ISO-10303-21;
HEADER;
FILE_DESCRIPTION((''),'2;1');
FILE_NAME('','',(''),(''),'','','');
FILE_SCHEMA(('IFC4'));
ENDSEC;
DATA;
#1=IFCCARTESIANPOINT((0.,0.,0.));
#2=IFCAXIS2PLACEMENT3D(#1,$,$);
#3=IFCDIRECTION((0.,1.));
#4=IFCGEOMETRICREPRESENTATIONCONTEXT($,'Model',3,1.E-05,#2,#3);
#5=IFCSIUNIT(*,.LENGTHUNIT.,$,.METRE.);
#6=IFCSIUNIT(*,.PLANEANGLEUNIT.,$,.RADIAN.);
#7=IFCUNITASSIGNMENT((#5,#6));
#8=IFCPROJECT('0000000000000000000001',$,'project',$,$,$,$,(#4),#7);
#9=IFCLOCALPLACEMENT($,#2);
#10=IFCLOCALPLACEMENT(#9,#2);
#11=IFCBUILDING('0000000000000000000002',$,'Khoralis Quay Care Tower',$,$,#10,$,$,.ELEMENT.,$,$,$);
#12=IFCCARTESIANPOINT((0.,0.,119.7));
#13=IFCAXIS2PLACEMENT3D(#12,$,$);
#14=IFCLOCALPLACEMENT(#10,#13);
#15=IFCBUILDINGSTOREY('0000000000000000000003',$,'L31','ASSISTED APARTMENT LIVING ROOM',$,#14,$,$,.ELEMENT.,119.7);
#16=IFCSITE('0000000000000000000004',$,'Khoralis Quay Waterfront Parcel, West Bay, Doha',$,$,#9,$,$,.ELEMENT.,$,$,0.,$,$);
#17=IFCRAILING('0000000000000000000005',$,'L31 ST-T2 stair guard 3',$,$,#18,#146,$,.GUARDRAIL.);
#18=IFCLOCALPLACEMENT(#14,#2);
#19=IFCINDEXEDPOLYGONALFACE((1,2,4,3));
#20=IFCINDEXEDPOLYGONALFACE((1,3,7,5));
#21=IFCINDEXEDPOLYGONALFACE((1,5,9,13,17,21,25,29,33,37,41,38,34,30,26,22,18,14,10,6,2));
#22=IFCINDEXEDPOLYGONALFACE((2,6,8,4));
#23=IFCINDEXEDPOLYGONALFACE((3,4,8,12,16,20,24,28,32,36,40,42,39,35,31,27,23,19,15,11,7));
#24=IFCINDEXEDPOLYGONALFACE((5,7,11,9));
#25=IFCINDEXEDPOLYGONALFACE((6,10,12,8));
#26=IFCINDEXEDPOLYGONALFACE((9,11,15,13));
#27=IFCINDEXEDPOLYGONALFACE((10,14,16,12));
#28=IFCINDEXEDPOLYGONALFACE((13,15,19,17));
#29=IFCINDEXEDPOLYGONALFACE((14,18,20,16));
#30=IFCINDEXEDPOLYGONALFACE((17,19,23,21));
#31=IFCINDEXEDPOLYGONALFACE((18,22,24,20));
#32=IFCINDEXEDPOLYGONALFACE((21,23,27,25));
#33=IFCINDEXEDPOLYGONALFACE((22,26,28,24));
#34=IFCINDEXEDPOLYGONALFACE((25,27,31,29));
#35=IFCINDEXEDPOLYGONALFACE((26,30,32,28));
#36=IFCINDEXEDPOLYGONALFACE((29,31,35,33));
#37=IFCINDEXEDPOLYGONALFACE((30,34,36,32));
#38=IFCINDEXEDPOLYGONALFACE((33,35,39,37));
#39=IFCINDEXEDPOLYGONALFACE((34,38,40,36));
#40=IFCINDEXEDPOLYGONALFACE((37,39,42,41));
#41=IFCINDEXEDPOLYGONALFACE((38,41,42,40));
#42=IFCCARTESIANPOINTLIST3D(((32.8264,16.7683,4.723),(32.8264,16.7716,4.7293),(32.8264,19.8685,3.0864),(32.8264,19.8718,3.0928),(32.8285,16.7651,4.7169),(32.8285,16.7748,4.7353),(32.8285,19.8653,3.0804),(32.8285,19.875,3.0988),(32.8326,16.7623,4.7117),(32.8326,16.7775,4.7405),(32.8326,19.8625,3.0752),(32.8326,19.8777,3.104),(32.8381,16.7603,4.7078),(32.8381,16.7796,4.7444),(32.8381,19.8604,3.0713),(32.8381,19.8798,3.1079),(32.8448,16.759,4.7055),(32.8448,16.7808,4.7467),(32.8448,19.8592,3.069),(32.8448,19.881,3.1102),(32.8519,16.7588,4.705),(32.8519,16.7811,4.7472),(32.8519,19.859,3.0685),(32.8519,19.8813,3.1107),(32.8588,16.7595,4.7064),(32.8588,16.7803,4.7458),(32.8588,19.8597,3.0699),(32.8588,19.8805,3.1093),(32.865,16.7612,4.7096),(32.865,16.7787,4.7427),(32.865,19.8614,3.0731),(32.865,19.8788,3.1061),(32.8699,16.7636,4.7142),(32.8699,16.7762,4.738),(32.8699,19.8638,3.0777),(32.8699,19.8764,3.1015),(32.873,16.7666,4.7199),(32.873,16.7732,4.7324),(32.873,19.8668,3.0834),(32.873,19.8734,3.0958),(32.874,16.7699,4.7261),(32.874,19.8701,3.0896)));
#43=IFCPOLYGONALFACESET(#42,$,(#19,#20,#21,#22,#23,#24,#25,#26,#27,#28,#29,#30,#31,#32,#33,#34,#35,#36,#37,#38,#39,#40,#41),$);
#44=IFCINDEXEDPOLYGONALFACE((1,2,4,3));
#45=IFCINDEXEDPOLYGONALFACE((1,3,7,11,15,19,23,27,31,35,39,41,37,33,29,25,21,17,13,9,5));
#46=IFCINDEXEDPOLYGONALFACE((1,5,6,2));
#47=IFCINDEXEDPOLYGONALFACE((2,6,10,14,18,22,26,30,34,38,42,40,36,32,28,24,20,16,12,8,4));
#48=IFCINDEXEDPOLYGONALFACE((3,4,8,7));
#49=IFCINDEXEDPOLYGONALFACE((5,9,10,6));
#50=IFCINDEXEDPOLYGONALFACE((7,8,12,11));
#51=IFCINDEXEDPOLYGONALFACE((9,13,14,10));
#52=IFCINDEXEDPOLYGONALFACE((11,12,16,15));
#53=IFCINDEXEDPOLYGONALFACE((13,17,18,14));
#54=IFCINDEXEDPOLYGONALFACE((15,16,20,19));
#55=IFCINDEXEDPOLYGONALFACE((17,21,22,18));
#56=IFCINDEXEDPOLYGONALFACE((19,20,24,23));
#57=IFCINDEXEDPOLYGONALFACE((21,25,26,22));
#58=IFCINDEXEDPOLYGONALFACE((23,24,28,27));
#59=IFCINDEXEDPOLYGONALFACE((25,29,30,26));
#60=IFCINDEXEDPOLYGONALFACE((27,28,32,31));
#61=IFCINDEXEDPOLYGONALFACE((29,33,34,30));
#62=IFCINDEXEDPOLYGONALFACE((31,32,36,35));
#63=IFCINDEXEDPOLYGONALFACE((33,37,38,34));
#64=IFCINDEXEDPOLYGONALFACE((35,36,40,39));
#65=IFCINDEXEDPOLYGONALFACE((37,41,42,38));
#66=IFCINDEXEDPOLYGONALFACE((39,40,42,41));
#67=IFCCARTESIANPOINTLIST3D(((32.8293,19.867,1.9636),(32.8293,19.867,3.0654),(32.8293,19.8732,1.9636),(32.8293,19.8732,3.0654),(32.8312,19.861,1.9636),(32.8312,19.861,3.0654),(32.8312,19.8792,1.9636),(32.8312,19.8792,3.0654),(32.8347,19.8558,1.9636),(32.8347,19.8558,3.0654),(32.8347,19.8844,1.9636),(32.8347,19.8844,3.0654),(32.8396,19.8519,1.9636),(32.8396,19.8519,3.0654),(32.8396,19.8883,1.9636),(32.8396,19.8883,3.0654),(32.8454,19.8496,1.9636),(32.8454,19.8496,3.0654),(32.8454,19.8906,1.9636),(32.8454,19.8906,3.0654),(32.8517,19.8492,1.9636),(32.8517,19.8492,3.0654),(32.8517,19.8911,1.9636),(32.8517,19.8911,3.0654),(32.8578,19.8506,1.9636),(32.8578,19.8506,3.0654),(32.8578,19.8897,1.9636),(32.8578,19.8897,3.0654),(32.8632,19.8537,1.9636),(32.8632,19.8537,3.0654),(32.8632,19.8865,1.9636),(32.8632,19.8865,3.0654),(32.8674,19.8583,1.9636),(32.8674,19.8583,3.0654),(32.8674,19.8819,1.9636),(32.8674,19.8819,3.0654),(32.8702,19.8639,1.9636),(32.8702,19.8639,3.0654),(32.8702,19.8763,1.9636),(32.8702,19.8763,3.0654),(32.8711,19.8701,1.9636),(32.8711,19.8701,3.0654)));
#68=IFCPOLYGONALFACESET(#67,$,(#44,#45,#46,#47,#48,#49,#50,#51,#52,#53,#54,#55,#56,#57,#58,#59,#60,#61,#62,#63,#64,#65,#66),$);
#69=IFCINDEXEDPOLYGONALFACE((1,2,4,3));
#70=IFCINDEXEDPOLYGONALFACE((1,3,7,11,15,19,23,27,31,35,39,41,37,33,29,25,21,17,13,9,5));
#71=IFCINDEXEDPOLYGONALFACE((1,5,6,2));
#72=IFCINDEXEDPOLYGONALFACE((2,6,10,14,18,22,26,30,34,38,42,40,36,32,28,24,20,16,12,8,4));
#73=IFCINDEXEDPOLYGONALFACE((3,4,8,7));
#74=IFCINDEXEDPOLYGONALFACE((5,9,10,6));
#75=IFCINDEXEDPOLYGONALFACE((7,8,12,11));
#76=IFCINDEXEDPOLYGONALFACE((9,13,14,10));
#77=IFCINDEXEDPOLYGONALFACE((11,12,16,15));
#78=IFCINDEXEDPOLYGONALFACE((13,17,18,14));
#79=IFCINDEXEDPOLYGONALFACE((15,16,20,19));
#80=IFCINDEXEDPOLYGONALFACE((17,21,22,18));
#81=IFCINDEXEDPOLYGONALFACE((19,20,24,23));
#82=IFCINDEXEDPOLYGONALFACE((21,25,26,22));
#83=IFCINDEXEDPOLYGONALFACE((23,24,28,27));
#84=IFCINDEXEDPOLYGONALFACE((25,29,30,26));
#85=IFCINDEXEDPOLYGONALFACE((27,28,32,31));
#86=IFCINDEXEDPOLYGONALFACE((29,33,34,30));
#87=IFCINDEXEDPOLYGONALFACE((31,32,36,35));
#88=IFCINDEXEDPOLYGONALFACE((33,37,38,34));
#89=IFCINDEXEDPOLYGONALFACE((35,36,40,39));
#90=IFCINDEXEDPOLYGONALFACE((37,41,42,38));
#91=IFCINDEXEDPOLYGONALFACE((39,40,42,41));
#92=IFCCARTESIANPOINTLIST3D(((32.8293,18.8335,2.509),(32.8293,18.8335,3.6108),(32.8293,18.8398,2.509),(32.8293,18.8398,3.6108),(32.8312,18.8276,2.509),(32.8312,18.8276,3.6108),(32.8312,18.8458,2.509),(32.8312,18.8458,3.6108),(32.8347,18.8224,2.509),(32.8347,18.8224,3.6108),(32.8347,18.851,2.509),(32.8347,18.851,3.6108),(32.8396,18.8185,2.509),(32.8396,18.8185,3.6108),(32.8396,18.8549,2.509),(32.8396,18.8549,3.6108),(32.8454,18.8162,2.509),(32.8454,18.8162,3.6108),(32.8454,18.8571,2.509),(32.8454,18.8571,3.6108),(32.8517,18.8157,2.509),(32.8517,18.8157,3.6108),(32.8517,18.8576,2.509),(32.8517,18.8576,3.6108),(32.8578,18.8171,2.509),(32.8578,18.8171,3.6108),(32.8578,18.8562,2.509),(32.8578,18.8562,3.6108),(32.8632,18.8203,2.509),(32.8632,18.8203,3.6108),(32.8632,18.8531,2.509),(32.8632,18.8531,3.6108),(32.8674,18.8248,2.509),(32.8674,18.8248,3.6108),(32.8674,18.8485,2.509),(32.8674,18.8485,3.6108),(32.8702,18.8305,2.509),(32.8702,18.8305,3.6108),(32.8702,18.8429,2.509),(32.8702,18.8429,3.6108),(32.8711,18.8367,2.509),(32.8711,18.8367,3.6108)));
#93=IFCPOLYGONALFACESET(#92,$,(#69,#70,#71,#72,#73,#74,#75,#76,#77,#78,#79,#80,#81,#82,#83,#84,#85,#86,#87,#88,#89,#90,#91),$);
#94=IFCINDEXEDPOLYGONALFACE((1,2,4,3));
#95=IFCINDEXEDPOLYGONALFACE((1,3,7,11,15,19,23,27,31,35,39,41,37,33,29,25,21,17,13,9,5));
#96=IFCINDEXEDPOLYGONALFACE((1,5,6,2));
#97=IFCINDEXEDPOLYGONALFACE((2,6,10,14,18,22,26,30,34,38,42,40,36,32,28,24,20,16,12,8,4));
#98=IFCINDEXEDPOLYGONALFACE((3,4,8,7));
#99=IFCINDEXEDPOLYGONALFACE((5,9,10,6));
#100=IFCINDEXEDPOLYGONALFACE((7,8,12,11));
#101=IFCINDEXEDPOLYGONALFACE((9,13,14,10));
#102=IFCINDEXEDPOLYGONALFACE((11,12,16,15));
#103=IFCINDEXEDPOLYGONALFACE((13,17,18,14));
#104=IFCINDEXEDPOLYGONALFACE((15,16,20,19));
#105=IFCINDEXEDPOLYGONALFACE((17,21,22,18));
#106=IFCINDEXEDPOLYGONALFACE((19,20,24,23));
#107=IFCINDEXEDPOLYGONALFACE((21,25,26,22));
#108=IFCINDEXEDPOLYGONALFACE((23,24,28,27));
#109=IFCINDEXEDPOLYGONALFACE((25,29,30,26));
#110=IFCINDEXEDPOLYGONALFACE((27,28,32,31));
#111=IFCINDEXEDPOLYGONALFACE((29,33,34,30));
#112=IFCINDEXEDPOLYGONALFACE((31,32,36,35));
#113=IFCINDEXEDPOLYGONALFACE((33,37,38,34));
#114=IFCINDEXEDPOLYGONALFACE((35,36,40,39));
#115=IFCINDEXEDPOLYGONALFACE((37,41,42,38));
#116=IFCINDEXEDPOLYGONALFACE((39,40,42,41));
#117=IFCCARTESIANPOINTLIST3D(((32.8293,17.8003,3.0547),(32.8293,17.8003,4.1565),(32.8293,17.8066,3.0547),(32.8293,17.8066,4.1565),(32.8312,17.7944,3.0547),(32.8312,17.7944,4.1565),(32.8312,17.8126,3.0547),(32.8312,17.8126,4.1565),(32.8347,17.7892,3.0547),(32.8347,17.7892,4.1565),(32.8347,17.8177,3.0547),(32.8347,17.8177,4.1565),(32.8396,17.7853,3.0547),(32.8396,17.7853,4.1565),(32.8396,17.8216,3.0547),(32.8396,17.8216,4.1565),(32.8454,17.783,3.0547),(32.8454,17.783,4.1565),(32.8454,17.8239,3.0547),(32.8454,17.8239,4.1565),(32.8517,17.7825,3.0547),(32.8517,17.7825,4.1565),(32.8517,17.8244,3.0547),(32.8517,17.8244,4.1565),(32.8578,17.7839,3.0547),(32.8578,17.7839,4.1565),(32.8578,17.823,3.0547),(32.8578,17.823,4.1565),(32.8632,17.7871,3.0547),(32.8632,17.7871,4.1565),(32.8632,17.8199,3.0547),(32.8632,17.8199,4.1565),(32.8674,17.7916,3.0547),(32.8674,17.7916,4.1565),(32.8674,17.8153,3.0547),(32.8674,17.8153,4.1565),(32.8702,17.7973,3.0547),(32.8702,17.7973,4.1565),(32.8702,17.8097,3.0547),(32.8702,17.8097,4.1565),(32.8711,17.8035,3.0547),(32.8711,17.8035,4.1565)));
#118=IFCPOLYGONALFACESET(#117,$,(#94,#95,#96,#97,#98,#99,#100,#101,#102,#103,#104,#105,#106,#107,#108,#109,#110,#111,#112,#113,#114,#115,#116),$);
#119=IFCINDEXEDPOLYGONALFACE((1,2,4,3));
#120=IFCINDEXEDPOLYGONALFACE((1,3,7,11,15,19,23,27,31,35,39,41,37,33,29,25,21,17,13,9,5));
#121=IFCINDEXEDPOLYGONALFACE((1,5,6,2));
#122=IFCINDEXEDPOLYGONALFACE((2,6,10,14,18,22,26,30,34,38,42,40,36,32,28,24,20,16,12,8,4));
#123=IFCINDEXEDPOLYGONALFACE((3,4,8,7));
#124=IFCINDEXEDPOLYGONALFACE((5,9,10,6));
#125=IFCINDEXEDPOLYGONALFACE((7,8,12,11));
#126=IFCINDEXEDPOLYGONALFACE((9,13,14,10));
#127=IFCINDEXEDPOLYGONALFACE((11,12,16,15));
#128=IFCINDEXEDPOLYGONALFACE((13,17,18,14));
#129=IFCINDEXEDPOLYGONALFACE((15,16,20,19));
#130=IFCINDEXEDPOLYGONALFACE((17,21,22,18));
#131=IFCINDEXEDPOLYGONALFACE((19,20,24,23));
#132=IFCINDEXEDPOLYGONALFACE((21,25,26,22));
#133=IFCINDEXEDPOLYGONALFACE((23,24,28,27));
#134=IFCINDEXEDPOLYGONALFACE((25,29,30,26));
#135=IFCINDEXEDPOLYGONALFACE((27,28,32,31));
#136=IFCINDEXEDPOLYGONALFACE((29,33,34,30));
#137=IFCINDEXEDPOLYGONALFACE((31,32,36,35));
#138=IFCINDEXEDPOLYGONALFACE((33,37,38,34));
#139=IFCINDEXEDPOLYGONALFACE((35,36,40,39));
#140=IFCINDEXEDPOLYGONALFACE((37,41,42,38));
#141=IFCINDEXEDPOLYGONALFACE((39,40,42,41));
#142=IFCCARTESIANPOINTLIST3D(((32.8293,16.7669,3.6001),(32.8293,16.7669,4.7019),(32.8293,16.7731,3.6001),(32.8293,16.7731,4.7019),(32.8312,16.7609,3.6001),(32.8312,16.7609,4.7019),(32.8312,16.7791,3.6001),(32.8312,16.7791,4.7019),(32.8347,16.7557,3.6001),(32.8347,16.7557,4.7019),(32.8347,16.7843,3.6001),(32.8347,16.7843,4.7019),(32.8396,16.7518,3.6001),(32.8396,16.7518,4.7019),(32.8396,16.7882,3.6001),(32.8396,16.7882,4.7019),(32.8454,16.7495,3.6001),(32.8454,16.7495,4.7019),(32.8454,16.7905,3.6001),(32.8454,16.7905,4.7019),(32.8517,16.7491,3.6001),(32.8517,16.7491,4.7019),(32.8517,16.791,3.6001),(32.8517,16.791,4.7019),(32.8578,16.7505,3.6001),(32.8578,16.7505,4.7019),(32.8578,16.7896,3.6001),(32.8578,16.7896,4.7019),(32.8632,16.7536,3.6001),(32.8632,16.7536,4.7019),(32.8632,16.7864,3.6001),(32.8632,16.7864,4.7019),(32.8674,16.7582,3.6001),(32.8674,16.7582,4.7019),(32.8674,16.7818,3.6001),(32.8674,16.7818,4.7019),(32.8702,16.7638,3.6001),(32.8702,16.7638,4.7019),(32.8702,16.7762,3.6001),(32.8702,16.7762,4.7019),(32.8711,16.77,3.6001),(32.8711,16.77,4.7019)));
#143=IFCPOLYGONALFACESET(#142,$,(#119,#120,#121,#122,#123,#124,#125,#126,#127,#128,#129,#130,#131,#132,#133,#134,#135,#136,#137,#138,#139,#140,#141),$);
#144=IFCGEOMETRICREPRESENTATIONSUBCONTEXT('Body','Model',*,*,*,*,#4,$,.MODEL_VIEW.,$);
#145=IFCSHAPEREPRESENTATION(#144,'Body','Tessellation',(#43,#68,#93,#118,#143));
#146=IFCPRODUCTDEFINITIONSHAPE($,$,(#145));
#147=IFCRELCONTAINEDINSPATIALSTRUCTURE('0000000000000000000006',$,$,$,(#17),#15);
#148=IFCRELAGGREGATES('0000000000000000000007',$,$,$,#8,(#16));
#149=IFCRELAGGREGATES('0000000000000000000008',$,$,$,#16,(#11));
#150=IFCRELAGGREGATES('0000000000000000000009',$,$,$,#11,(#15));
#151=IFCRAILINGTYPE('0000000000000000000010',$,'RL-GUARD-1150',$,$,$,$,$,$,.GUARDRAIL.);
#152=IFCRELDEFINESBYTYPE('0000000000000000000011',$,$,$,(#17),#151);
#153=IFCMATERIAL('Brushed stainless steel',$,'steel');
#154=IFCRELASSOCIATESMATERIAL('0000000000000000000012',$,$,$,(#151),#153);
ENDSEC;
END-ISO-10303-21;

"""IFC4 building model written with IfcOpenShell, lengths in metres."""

from ifc_helpers import new_model, si_unit, direction, frame, origin, origin_2d, place, context, subcontext, project, spatial, circle, extrude, material, type_object, element, save


model = new_model("IFC4")

# Units and contexts
model_context = context("Model", 3, precision=1e-05, world=origin(), true_north=direction((0.0, 1.0)))
body_context = subcontext(model_context, "Body", "Model", "MODEL_VIEW")
ifc_project = project(units=[si_unit("LENGTHUNIT", "METRE"), si_unit("PLANEANGLEUNIT", "RADIAN")], contexts=[model_context])

# Site, building, storey
site_placement = place(None, origin())
site = spatial("IfcSite", under=ifc_project, at=site_placement, Name="Khoralis Quay Waterfront Parcel, West Bay, Doha", CompositionType="ELEMENT", RefElevation=0.0)
building_placement = place(site_placement, origin())
building = spatial("IfcBuilding", under=site, at=building_placement, Name="Khoralis Quay Care Tower", CompositionType="ELEMENT")
storey_placement = place(building_placement, frame((0.0, 0.0, 119.7)))
storey = spatial("IfcBuildingStorey", under=building, at=storey_placement, Name="L31", Description="ASSISTED APARTMENT LIVING ROOM", CompositionType="ELEMENT", Elevation=119.7)

# Railing
ifc_material_1 = material(Name="Brushed stainless steel", Category="steel")
railing_type_1 = type_object("IfcRailingType", Name="RL-GUARD-1150", PredefinedType="GUARDRAIL", material=ifc_material_1)
railing_1_placement = place(storey_placement, frame((32.8501, 19.8701, 1.9636)))
element("IfcRailing", 1, at=railing_1_placement, inside=storey, type_object=railing_type_1, Name="L31 ST-T2 stair guard 3", PredefinedType="GUARDRAIL", context=body_context, shape_type="SweptSolid", body=[
    extrude(circle(Radius=0.0239, at=origin_2d()), frame((0.0, 0.0, 1.126), z_axis=(0.0, -0.884348, 0.466828), x_axis=(1.0, 0.0, 0.0)), (0.0, 0.0, 1.0), 3.5056),
    extrude(circle(Radius=0.021, at=origin_2d()), origin(), (0.0, 0.0, 1.0), 1.1018),
    extrude(circle(Radius=0.021, at=origin_2d()), frame((0.0, -1.0334, 0.5454)), (0.0, 0.0, 1.0), 1.1018),
    extrude(circle(Radius=0.021, at=origin_2d()), frame((0.0, -2.0667, 1.0911)), (0.0, 0.0, 1.0), 1.1018),
    extrude(circle(Radius=0.021, at=origin_2d()), frame((0.0, -3.1001, 1.6365)), (0.0, 0.0, 1.0), 1.1018),
])

save(model, "model.ifc")
